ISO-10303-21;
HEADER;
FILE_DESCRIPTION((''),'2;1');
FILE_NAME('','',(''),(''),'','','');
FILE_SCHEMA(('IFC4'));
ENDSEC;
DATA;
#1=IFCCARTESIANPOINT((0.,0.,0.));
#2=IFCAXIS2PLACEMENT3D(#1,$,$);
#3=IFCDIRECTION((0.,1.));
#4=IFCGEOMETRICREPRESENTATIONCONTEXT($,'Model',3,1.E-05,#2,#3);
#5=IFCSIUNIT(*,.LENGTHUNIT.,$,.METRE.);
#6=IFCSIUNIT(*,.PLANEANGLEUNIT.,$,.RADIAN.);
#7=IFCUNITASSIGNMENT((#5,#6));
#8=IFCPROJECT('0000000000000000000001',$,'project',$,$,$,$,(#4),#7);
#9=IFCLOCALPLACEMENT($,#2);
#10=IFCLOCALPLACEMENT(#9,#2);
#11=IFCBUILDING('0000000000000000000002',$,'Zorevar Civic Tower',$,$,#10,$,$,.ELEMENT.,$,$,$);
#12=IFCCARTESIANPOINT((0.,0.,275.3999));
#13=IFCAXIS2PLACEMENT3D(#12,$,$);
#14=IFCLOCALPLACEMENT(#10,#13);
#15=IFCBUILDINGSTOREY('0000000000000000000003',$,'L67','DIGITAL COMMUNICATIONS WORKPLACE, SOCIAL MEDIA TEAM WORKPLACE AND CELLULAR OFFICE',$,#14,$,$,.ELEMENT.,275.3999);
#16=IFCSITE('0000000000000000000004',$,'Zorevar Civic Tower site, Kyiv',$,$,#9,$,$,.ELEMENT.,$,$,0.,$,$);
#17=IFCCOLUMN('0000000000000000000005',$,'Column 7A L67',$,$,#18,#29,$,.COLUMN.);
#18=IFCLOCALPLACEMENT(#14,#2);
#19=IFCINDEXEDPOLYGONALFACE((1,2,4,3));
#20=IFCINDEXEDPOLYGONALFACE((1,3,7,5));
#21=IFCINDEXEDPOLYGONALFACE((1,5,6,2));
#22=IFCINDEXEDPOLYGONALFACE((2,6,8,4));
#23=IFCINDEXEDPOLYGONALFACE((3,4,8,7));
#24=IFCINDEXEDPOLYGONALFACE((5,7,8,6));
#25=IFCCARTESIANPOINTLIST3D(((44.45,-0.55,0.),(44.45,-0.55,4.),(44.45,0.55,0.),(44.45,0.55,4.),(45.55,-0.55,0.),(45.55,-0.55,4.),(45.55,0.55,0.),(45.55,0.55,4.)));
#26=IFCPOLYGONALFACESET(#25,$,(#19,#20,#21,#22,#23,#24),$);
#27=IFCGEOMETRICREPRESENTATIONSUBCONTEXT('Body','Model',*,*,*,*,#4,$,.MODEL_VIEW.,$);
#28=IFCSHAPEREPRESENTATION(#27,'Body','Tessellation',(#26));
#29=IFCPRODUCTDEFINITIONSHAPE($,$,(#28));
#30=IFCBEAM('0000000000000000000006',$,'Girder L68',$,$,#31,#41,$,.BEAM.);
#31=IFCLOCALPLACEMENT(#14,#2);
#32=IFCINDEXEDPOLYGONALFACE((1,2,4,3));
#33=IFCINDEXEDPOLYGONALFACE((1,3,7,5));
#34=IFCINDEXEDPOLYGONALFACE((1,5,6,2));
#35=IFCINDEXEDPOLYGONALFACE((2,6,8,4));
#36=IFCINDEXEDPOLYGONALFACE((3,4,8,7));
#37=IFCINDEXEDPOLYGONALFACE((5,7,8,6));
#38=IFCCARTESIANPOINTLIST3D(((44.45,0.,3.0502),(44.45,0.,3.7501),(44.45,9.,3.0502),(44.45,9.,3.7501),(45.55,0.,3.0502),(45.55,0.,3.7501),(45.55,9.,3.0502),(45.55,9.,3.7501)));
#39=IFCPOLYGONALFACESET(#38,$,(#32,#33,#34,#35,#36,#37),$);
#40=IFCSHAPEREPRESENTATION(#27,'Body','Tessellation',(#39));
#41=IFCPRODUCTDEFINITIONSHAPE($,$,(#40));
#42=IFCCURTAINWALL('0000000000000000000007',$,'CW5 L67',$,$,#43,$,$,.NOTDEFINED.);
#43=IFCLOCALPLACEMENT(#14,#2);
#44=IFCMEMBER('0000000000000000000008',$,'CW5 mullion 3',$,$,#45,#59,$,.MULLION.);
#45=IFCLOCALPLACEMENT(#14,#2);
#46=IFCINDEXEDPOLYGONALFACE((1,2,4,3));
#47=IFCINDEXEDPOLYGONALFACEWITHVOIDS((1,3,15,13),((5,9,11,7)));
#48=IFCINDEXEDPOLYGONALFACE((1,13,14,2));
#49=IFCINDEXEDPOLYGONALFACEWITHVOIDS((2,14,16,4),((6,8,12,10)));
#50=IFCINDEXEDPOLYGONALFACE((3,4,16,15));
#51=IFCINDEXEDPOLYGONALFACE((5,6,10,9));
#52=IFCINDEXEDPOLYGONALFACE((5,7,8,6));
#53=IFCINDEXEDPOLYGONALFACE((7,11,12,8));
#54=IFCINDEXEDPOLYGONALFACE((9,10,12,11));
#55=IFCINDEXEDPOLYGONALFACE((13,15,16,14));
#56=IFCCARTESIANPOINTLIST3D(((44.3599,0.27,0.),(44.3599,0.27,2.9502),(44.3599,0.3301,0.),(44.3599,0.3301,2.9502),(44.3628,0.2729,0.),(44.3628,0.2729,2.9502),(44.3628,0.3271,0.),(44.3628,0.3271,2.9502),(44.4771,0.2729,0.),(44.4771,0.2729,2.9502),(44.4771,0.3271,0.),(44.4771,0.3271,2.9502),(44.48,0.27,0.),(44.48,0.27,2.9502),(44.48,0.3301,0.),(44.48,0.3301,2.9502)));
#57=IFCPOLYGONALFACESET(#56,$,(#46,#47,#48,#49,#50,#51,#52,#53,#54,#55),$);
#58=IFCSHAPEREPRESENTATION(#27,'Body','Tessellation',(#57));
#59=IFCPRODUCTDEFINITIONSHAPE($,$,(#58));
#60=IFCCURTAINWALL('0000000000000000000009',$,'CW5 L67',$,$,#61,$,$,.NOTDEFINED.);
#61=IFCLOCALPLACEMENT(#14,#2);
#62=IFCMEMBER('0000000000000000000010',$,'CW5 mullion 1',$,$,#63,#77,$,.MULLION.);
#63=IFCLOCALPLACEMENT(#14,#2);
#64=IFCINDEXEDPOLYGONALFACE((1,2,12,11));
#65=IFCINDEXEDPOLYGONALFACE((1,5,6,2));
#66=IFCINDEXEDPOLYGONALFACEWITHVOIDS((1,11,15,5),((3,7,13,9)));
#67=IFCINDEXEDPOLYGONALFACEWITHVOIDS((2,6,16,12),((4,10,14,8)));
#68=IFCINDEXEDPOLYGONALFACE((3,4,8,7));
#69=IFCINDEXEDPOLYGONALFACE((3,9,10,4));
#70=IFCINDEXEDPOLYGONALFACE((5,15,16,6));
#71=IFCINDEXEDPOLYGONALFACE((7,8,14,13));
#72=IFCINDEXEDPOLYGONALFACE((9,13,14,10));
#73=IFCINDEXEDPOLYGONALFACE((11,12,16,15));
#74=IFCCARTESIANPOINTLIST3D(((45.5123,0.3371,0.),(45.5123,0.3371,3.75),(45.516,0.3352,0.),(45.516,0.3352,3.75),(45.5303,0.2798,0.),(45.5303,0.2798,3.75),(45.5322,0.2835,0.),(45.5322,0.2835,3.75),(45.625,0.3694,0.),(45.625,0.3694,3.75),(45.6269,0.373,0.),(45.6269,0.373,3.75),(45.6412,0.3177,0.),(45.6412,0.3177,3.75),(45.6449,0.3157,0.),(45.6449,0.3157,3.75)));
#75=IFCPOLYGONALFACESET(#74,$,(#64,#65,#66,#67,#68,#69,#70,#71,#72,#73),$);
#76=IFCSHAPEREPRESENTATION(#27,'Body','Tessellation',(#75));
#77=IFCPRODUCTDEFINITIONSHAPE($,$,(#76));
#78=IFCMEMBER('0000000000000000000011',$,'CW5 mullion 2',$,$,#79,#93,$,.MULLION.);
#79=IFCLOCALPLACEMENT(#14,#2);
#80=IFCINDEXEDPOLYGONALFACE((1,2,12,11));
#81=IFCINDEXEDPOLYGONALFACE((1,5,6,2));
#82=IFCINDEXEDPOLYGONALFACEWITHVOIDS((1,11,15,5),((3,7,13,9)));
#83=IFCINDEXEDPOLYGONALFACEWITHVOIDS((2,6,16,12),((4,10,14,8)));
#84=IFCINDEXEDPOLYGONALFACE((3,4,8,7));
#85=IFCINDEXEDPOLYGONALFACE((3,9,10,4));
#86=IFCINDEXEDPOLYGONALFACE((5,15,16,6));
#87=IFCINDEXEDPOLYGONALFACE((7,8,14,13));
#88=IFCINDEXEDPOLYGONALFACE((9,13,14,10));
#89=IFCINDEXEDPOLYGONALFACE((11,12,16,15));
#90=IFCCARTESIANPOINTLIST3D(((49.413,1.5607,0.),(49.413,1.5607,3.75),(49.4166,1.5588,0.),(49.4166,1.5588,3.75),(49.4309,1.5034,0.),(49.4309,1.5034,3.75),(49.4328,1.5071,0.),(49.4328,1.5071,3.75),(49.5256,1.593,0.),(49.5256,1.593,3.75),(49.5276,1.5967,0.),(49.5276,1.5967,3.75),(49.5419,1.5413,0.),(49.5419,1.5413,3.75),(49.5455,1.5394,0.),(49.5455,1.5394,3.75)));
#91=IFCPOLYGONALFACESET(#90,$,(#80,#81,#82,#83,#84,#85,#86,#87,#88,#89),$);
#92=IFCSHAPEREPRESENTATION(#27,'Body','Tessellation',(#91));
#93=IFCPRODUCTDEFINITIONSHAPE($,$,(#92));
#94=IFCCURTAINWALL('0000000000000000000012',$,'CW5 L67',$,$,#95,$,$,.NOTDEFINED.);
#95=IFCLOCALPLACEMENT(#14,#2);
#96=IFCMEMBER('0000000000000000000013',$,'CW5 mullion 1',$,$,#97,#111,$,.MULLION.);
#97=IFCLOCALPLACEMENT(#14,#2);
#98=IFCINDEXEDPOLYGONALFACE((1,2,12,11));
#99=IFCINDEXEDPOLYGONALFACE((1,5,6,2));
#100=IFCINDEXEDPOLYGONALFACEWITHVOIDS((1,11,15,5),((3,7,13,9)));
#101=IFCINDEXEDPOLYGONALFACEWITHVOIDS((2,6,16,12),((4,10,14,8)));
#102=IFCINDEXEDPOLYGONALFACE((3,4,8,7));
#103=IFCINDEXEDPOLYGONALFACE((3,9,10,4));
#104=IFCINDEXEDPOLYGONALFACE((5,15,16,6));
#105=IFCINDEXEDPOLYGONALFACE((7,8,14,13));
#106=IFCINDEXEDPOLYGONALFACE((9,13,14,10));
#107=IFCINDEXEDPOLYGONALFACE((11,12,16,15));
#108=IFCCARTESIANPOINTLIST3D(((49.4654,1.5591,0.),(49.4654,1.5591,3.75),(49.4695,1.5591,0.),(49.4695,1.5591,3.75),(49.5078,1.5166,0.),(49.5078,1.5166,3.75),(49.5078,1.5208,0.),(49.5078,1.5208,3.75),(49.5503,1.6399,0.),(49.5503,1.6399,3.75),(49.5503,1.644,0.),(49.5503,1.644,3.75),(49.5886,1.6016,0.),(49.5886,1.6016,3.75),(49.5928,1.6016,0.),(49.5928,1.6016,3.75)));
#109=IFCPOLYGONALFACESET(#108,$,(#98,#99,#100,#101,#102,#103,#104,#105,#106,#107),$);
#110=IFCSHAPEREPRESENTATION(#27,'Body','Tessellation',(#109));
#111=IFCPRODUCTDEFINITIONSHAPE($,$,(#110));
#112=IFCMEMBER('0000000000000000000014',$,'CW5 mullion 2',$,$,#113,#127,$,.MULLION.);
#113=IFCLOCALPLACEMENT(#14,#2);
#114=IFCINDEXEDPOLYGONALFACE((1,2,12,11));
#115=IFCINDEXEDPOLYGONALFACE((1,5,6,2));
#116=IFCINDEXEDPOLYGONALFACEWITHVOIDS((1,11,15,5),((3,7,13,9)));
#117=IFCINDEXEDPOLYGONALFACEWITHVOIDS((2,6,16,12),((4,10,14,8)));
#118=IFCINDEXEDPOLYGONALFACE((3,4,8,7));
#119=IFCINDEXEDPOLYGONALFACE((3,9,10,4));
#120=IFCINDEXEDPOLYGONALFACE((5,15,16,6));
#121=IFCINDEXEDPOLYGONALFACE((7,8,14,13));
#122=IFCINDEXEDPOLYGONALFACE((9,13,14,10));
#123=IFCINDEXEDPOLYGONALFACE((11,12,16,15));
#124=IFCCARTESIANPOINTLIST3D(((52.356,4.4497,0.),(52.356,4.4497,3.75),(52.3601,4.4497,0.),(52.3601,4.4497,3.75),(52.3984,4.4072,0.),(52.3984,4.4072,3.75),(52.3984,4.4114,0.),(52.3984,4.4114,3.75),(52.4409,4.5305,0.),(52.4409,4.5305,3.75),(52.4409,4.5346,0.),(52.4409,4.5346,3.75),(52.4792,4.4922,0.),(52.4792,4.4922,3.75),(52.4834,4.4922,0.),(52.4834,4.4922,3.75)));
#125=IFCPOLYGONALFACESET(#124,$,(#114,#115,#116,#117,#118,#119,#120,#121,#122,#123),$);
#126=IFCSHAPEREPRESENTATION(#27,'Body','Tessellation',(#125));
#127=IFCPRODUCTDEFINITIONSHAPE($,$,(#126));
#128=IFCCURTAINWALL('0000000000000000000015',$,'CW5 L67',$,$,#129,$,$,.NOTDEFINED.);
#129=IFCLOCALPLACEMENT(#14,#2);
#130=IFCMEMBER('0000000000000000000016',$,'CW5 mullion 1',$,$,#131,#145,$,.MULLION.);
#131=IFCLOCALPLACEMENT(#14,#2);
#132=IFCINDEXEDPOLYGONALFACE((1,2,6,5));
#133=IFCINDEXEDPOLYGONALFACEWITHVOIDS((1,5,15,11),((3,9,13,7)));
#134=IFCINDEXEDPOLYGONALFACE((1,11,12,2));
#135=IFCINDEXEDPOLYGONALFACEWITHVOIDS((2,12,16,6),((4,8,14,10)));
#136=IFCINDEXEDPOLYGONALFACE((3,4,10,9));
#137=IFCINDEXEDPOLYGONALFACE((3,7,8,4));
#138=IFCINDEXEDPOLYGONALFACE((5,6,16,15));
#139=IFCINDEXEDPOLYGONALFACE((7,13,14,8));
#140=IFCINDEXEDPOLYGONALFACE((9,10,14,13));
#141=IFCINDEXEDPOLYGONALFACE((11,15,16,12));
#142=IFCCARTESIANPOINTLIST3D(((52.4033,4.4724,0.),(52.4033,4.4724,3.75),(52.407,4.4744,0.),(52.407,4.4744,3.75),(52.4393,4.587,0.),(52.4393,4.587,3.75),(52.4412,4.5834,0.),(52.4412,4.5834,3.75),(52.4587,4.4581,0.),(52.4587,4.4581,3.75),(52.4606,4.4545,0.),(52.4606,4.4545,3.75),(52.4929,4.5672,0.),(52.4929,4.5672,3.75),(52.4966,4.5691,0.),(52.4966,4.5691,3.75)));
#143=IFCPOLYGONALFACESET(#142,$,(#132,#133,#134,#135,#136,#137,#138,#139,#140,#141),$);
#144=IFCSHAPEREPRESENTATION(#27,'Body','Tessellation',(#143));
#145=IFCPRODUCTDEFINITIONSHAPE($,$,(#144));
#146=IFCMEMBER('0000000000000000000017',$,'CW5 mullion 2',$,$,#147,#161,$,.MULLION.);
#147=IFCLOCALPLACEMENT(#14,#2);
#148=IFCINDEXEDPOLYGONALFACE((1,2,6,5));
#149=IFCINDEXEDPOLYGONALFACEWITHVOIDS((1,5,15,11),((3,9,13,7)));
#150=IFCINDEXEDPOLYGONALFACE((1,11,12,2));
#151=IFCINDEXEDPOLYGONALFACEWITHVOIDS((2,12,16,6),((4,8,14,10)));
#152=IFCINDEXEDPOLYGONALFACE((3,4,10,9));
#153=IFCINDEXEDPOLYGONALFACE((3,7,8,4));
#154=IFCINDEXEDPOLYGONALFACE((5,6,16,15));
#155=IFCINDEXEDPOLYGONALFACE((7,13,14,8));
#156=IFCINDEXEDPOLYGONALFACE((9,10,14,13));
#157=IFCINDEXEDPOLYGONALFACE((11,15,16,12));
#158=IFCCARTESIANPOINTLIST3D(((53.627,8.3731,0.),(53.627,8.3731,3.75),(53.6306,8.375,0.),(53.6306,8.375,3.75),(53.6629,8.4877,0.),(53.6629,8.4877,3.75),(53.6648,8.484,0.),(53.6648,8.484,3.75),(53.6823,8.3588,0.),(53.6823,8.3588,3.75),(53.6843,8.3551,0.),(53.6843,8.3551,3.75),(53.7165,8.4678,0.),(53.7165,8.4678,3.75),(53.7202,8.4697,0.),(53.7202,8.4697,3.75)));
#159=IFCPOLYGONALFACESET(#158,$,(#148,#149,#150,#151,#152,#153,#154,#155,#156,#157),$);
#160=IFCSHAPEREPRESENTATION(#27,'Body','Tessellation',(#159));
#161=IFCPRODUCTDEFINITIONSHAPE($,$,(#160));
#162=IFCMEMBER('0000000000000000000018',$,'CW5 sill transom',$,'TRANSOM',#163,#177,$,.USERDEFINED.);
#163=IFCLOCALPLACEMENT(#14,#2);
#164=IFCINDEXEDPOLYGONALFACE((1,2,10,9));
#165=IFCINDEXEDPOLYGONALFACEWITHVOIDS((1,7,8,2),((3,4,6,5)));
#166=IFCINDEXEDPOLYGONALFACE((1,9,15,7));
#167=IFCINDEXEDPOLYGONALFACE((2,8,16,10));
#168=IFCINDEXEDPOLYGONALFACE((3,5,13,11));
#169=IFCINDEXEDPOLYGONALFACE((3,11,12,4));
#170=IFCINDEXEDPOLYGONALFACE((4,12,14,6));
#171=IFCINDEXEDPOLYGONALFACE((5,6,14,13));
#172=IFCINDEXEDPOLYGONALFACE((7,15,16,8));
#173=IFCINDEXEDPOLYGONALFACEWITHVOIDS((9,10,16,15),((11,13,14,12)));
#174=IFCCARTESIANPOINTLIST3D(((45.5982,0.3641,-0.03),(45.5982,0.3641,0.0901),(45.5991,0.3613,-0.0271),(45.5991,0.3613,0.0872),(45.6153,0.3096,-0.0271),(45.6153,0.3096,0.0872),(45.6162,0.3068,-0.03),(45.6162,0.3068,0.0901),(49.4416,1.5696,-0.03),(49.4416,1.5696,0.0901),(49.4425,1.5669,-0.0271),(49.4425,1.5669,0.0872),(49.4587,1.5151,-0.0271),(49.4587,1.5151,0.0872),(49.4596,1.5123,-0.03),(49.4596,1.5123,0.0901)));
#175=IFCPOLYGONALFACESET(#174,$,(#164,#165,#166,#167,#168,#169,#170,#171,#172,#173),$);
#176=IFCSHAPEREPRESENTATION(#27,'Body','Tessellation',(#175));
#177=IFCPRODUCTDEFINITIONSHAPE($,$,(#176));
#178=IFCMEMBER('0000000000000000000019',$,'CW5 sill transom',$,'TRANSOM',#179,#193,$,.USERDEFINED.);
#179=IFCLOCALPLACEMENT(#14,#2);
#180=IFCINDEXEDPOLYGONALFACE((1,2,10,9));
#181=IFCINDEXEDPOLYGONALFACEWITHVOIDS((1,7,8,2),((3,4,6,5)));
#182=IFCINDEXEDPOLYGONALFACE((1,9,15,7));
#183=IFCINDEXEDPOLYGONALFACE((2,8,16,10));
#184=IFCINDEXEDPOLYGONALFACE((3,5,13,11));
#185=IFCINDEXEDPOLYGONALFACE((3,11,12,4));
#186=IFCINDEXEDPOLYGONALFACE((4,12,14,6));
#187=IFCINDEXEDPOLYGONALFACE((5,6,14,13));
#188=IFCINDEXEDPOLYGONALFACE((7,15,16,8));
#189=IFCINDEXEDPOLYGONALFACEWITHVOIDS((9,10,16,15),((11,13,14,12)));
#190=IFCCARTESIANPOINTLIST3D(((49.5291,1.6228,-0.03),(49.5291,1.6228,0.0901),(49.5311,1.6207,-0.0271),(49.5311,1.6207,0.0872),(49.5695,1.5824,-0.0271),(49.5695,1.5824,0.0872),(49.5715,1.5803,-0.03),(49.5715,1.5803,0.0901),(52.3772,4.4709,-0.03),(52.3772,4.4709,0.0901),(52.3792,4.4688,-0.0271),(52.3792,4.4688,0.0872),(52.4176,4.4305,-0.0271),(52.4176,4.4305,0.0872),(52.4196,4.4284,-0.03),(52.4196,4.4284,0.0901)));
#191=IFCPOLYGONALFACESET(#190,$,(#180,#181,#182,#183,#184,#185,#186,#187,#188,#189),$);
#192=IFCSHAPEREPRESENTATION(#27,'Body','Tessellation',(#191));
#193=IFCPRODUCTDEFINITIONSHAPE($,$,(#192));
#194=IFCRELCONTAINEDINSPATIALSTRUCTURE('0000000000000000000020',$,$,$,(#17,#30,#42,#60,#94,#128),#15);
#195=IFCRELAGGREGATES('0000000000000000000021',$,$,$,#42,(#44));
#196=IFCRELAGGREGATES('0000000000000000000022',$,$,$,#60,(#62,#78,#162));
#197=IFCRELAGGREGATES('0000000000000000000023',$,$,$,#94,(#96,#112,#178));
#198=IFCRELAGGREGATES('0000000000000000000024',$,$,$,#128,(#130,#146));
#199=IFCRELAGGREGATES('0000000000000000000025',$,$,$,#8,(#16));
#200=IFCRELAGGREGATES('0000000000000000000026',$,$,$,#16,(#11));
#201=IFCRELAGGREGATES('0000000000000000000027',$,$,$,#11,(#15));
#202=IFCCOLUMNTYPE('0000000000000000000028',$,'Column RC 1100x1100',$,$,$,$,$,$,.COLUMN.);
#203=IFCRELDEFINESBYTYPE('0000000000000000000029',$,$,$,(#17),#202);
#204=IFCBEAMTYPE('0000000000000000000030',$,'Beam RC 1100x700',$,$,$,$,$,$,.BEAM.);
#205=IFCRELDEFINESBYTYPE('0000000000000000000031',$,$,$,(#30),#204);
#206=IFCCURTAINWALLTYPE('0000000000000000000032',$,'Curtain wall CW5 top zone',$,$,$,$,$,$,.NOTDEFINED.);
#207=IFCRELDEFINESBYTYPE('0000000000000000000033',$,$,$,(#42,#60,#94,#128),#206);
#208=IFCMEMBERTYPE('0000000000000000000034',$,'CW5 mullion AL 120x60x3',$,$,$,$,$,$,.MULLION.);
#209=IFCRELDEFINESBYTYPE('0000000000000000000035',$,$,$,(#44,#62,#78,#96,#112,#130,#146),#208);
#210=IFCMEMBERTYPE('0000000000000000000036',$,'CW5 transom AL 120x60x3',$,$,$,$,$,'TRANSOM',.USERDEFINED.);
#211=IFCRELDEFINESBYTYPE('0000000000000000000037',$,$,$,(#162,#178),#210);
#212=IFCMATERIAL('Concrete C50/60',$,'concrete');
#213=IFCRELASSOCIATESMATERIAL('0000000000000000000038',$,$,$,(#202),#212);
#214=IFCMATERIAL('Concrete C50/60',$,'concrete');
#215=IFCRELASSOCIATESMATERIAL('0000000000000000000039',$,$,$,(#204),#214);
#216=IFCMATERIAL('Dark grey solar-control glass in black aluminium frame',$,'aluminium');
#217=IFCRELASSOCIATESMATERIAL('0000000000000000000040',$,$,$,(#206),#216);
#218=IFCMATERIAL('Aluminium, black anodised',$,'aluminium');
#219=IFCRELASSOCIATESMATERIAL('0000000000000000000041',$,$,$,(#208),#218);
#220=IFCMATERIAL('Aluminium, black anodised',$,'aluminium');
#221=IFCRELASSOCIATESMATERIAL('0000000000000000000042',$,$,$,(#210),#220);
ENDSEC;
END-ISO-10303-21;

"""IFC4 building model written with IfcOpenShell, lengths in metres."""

from ifc_helpers import new_model, si_unit, direction, frame, origin, origin_2d, place, context, subcontext, project, spatial, rectangle, hollow_rectangle, extrude, material, material_profile, profile_set, type_object, element, aggregate, save


model = new_model("IFC4")

# Units and contexts
model_context = context("Model", 3, precision=1e-05, world=origin(), true_north=direction((0.0, 1.0)))
body_context = subcontext(model_context, "Body", "Model", "MODEL_VIEW")
ifc_project = project(units=[si_unit("LENGTHUNIT", "METRE"), si_unit("PLANEANGLEUNIT", "RADIAN")], contexts=[model_context])

# Site, building, storey
site_placement = place(None, origin())
site = spatial("IfcSite", under=ifc_project, at=site_placement, Name="Zorevar Civic Tower site, Kyiv", CompositionType="ELEMENT", RefElevation=0.0)
building_placement = place(site_placement, origin())
building = spatial("IfcBuilding", under=site, at=building_placement, Name="Zorevar Civic Tower", CompositionType="ELEMENT")
storey_placement = place(building_placement, frame((0.0, 0.0, 275.3999)))
storey = spatial("IfcBuildingStorey", under=building, at=storey_placement, Name="L67", Description="DIGITAL COMMUNICATIONS WORKPLACE, SOCIAL MEDIA TEAM WORKPLACE AND CELLULAR OFFICE", CompositionType="ELEMENT", Elevation=275.3999)

# Column
ifc_material_1 = material(Name="Concrete C50/60", Category="concrete")
ifc_material_profile_1 = material_profile(ifc_material_1, rectangle(XDim=1.1001, YDim=1.1001, at=origin_2d()), Name="RC 1100x1100")
ifc_profile_set_1 = profile_set([ifc_material_profile_1], Name="Concrete C50/60")
column_type = type_object("IfcColumnType", Name="Column RC 1100x1100", PredefinedType="COLUMN", material=ifc_profile_set_1)
column_placement = place(storey_placement, frame((45.0, 0.0, 0.0), z_axis=(0.0, 0.0, 1.0), x_axis=(1.0, 0.0, 0.0)))
element("IfcColumn", 1, at=column_placement, inside=storey, type_object=column_type, Name="Column 7A L67", PredefinedType="COLUMN", context=body_context, shape_type="SweptSolid", body=[
    extrude(rectangle(XDim=1.1001, YDim=1.1001, at=origin_2d()), origin(), (0.0, 0.0, 1.0), 4.0),
])

# Beam
ifc_material_2 = material(Name="Concrete C50/60", Category="concrete")
ifc_material_profile_2 = material_profile(ifc_material_2, rectangle(XDim=1.1001, YDim=0.7, at=origin_2d()), Name="RC 1100x700")
ifc_profile_set_2 = profile_set([ifc_material_profile_2], Name="Concrete C50/60")
beam_type_1 = type_object("IfcBeamType", Name="Beam RC 1100x700", PredefinedType="BEAM", material=ifc_profile_set_2)
beam_1_placement = place(storey_placement, frame((45.0, 0.0, 3.4001), z_axis=(0.0, 1.0, 0.0), x_axis=(-1.0, 0.0, 0.0)))
element("IfcBeam", 2, at=beam_1_placement, inside=storey, type_object=beam_type_1, Name="Girder L68", PredefinedType="BEAM", context=body_context, shape_type="SweptSolid", body=[
    extrude(rectangle(XDim=1.1001, YDim=0.7, at=origin_2d()), origin(), (0.0, 0.0, 1.0), 9.0),
])

# Curtain wall, member
ifc_material_3 = material(Name="Dark grey solar-control glass in black aluminium frame", Category="aluminium")
curtain_wall_type = type_object("IfcCurtainWallType", Name="Curtain wall CW5 top zone", PredefinedType="NOTDEFINED", material=ifc_material_3)
curtain_wall_1_placement = place(storey_placement, origin())
curtain_wall_1 = element("IfcCurtainWall", 3, at=curtain_wall_1_placement, inside=storey, type_object=curtain_wall_type, Name="CW5 L67", PredefinedType="NOTDEFINED")
ifc_material_4 = material(Name="Aluminium, black anodised", Category="aluminium")
ifc_material_profile_3 = material_profile(ifc_material_4, hollow_rectangle(XDim=0.0601, YDim=0.1201, WallThickness=0.0029, at=origin_2d()), Name="AL 120x60x3")
ifc_profile_set_3 = profile_set([ifc_material_profile_3], Name="Aluminium, black anodised")
member_type_1 = type_object("IfcMemberType", Name="CW5 mullion AL 120x60x3", PredefinedType="MULLION", material=ifc_profile_set_3)
member_1_placement = place(storey_placement, frame((44.4199, 0.3, 0.0), z_axis=(0.0, 0.0, 1.0), x_axis=(0.0, 1.0, 0.0)))
member_1 = element("IfcMember", 4, at=member_1_placement, type_object=member_type_1, Name="CW5 mullion 3", PredefinedType="MULLION", context=body_context, shape_type="SweptSolid", body=[
    extrude(hollow_rectangle(XDim=0.0601, YDim=0.1201, WallThickness=0.0029, at=origin_2d()), origin(), (0.0, 0.0, 1.0), 2.9502),
])

# Curtain walls, members
curtain_wall_2_placement = place(storey_placement, origin())
curtain_wall_2 = element("IfcCurtainWall", 5, at=curtain_wall_2_placement, inside=storey, type_object=curtain_wall_type, Name="CW5 L67", PredefinedType="NOTDEFINED")
member_2_placement = place(storey_placement, frame((45.5786, 0.3264, 0.0), z_axis=(0.0, 0.0, 1.0), x_axis=(-0.299318, 0.954153, 0.0)))
member_2 = element("IfcMember", 6, at=member_2_placement, type_object=member_type_1, Name="CW5 mullion 1", PredefinedType="MULLION", context=body_context, shape_type="SweptSolid", body=[
    extrude(hollow_rectangle(XDim=0.0601, YDim=0.1201, WallThickness=0.0029, at=origin_2d()), origin(), (0.0, 0.0, 1.0), 3.75),
])
member_3_placement = place(storey_placement, frame((49.4792, 1.55, 0.0), z_axis=(0.0, 0.0, 1.0), x_axis=(-0.299318, 0.954153, 0.0)))
member_3 = element("IfcMember", 7, at=member_3_placement, type_object=member_type_1, Name="CW5 mullion 2", PredefinedType="MULLION", context=body_context, shape_type="SweptSolid", body=[
    extrude(hollow_rectangle(XDim=0.0601, YDim=0.1201, WallThickness=0.0029, at=origin_2d()), origin(), (0.0, 0.0, 1.0), 3.75),
])
curtain_wall_3_placement = place(storey_placement, origin())
curtain_wall_3 = element("IfcCurtainWall", 8, at=curtain_wall_3_placement, inside=storey, type_object=curtain_wall_type, Name="CW5 L67", PredefinedType="NOTDEFINED")
member_4_placement = place(storey_placement, frame((49.5291, 1.5803, 0.0), z_axis=(0.0, 0.0, 1.0), x_axis=(-0.707107, 0.707107, 0.0)))
member_4 = element("IfcMember", 9, at=member_4_placement, type_object=member_type_1, Name="CW5 mullion 1", PredefinedType="MULLION", context=body_context, shape_type="SweptSolid", body=[
    extrude(hollow_rectangle(XDim=0.0601, YDim=0.1201, WallThickness=0.0029, at=origin_2d()), origin(), (0.0, 0.0, 1.0), 3.75),
])
member_5_placement = place(storey_placement, frame((52.4197, 4.4709, 0.0), z_axis=(0.0, 0.0, 1.0), x_axis=(-0.707107, 0.707107, 0.0)))
member_5 = element("IfcMember", 10, at=member_5_placement, type_object=member_type_1, Name="CW5 mullion 2", PredefinedType="MULLION", context=body_context, shape_type="SweptSolid", body=[
    extrude(hollow_rectangle(XDim=0.0601, YDim=0.1201, WallThickness=0.0029, at=origin_2d()), origin(), (0.0, 0.0, 1.0), 3.75),
])
curtain_wall_4_placement = place(storey_placement, origin())
curtain_wall_4 = element("IfcCurtainWall", 11, at=curtain_wall_4_placement, inside=storey, type_object=curtain_wall_type, Name="CW5 L67", PredefinedType="NOTDEFINED")
member_6_placement = place(storey_placement, frame((52.45, 4.5208, 0.0), z_axis=(0.0, 0.0, 1.0), x_axis=(-0.954153, 0.299318, 0.0)))
member_6 = element("IfcMember", 12, at=member_6_placement, type_object=member_type_1, Name="CW5 mullion 1", PredefinedType="MULLION", context=body_context, shape_type="SweptSolid", body=[
    extrude(hollow_rectangle(XDim=0.0601, YDim=0.1201, WallThickness=0.0029, at=origin_2d()), origin(), (0.0, 0.0, 1.0), 3.75),
])
member_7_placement = place(storey_placement, frame((53.6736, 8.4214, 0.0), z_axis=(0.0, 0.0, 1.0), x_axis=(-0.954153, 0.299318, 0.0)))
member_7 = element("IfcMember", 13, at=member_7_placement, type_object=member_type_1, Name="CW5 mullion 2", PredefinedType="MULLION", context=body_context, shape_type="SweptSolid", body=[
    extrude(hollow_rectangle(XDim=0.0601, YDim=0.1201, WallThickness=0.0029, at=origin_2d()), origin(), (0.0, 0.0, 1.0), 3.75),
])

# Members
ifc_material_5 = material(Name="Aluminium, black anodised", Category="aluminium")
ifc_material_profile_4 = material_profile(ifc_material_5, hollow_rectangle(XDim=0.0601, YDim=0.1201, WallThickness=0.0029, at=origin_2d()), Name="AL 120x60x3")
ifc_profile_set_4 = profile_set([ifc_material_profile_4], Name="Aluminium, black anodised")
member_type_2 = type_object("IfcMemberType", Name="CW5 transom AL 120x60x3", ElementType="TRANSOM", PredefinedType="USERDEFINED", material=ifc_profile_set_4)
member_8_placement = place(storey_placement, frame((45.6072, 0.3354, 0.03), z_axis=(0.954163, 0.299286, 0.0), x_axis=(-0.299286, 0.954163, 0.0)))
member_8 = element("IfcMember", 14, at=member_8_placement, type_object=member_type_2, Name="CW5 sill transom", ObjectType="TRANSOM", PredefinedType="USERDEFINED", context=body_context, shape_type="SweptSolid", body=[
    extrude(hollow_rectangle(XDim=0.0601, YDim=0.1201, WallThickness=0.0029, at=origin_2d()), origin(), (0.0, 0.0, 1.0), 4.0281),
])
member_9_placement = place(storey_placement, frame((49.5503, 1.6016, 0.03), z_axis=(0.707107, 0.707107, 0.0), x_axis=(-0.707107, 0.707107, 0.0)))
member_9 = element("IfcMember", 15, at=member_9_placement, type_object=member_type_2, Name="CW5 sill transom", ObjectType="TRANSOM", PredefinedType="USERDEFINED", context=body_context, shape_type="SweptSolid", body=[
    extrude(hollow_rectangle(XDim=0.0601, YDim=0.1201, WallThickness=0.0029, at=origin_2d()), origin(), (0.0, 0.0, 1.0), 4.0278),
])

aggregate(curtain_wall_1, [member_1])
aggregate(curtain_wall_2, [member_2, member_3, member_8])
aggregate(curtain_wall_3, [member_4, member_5, member_9])
aggregate(curtain_wall_4, [member_6, member_7])

save(model, "model.ifc")
